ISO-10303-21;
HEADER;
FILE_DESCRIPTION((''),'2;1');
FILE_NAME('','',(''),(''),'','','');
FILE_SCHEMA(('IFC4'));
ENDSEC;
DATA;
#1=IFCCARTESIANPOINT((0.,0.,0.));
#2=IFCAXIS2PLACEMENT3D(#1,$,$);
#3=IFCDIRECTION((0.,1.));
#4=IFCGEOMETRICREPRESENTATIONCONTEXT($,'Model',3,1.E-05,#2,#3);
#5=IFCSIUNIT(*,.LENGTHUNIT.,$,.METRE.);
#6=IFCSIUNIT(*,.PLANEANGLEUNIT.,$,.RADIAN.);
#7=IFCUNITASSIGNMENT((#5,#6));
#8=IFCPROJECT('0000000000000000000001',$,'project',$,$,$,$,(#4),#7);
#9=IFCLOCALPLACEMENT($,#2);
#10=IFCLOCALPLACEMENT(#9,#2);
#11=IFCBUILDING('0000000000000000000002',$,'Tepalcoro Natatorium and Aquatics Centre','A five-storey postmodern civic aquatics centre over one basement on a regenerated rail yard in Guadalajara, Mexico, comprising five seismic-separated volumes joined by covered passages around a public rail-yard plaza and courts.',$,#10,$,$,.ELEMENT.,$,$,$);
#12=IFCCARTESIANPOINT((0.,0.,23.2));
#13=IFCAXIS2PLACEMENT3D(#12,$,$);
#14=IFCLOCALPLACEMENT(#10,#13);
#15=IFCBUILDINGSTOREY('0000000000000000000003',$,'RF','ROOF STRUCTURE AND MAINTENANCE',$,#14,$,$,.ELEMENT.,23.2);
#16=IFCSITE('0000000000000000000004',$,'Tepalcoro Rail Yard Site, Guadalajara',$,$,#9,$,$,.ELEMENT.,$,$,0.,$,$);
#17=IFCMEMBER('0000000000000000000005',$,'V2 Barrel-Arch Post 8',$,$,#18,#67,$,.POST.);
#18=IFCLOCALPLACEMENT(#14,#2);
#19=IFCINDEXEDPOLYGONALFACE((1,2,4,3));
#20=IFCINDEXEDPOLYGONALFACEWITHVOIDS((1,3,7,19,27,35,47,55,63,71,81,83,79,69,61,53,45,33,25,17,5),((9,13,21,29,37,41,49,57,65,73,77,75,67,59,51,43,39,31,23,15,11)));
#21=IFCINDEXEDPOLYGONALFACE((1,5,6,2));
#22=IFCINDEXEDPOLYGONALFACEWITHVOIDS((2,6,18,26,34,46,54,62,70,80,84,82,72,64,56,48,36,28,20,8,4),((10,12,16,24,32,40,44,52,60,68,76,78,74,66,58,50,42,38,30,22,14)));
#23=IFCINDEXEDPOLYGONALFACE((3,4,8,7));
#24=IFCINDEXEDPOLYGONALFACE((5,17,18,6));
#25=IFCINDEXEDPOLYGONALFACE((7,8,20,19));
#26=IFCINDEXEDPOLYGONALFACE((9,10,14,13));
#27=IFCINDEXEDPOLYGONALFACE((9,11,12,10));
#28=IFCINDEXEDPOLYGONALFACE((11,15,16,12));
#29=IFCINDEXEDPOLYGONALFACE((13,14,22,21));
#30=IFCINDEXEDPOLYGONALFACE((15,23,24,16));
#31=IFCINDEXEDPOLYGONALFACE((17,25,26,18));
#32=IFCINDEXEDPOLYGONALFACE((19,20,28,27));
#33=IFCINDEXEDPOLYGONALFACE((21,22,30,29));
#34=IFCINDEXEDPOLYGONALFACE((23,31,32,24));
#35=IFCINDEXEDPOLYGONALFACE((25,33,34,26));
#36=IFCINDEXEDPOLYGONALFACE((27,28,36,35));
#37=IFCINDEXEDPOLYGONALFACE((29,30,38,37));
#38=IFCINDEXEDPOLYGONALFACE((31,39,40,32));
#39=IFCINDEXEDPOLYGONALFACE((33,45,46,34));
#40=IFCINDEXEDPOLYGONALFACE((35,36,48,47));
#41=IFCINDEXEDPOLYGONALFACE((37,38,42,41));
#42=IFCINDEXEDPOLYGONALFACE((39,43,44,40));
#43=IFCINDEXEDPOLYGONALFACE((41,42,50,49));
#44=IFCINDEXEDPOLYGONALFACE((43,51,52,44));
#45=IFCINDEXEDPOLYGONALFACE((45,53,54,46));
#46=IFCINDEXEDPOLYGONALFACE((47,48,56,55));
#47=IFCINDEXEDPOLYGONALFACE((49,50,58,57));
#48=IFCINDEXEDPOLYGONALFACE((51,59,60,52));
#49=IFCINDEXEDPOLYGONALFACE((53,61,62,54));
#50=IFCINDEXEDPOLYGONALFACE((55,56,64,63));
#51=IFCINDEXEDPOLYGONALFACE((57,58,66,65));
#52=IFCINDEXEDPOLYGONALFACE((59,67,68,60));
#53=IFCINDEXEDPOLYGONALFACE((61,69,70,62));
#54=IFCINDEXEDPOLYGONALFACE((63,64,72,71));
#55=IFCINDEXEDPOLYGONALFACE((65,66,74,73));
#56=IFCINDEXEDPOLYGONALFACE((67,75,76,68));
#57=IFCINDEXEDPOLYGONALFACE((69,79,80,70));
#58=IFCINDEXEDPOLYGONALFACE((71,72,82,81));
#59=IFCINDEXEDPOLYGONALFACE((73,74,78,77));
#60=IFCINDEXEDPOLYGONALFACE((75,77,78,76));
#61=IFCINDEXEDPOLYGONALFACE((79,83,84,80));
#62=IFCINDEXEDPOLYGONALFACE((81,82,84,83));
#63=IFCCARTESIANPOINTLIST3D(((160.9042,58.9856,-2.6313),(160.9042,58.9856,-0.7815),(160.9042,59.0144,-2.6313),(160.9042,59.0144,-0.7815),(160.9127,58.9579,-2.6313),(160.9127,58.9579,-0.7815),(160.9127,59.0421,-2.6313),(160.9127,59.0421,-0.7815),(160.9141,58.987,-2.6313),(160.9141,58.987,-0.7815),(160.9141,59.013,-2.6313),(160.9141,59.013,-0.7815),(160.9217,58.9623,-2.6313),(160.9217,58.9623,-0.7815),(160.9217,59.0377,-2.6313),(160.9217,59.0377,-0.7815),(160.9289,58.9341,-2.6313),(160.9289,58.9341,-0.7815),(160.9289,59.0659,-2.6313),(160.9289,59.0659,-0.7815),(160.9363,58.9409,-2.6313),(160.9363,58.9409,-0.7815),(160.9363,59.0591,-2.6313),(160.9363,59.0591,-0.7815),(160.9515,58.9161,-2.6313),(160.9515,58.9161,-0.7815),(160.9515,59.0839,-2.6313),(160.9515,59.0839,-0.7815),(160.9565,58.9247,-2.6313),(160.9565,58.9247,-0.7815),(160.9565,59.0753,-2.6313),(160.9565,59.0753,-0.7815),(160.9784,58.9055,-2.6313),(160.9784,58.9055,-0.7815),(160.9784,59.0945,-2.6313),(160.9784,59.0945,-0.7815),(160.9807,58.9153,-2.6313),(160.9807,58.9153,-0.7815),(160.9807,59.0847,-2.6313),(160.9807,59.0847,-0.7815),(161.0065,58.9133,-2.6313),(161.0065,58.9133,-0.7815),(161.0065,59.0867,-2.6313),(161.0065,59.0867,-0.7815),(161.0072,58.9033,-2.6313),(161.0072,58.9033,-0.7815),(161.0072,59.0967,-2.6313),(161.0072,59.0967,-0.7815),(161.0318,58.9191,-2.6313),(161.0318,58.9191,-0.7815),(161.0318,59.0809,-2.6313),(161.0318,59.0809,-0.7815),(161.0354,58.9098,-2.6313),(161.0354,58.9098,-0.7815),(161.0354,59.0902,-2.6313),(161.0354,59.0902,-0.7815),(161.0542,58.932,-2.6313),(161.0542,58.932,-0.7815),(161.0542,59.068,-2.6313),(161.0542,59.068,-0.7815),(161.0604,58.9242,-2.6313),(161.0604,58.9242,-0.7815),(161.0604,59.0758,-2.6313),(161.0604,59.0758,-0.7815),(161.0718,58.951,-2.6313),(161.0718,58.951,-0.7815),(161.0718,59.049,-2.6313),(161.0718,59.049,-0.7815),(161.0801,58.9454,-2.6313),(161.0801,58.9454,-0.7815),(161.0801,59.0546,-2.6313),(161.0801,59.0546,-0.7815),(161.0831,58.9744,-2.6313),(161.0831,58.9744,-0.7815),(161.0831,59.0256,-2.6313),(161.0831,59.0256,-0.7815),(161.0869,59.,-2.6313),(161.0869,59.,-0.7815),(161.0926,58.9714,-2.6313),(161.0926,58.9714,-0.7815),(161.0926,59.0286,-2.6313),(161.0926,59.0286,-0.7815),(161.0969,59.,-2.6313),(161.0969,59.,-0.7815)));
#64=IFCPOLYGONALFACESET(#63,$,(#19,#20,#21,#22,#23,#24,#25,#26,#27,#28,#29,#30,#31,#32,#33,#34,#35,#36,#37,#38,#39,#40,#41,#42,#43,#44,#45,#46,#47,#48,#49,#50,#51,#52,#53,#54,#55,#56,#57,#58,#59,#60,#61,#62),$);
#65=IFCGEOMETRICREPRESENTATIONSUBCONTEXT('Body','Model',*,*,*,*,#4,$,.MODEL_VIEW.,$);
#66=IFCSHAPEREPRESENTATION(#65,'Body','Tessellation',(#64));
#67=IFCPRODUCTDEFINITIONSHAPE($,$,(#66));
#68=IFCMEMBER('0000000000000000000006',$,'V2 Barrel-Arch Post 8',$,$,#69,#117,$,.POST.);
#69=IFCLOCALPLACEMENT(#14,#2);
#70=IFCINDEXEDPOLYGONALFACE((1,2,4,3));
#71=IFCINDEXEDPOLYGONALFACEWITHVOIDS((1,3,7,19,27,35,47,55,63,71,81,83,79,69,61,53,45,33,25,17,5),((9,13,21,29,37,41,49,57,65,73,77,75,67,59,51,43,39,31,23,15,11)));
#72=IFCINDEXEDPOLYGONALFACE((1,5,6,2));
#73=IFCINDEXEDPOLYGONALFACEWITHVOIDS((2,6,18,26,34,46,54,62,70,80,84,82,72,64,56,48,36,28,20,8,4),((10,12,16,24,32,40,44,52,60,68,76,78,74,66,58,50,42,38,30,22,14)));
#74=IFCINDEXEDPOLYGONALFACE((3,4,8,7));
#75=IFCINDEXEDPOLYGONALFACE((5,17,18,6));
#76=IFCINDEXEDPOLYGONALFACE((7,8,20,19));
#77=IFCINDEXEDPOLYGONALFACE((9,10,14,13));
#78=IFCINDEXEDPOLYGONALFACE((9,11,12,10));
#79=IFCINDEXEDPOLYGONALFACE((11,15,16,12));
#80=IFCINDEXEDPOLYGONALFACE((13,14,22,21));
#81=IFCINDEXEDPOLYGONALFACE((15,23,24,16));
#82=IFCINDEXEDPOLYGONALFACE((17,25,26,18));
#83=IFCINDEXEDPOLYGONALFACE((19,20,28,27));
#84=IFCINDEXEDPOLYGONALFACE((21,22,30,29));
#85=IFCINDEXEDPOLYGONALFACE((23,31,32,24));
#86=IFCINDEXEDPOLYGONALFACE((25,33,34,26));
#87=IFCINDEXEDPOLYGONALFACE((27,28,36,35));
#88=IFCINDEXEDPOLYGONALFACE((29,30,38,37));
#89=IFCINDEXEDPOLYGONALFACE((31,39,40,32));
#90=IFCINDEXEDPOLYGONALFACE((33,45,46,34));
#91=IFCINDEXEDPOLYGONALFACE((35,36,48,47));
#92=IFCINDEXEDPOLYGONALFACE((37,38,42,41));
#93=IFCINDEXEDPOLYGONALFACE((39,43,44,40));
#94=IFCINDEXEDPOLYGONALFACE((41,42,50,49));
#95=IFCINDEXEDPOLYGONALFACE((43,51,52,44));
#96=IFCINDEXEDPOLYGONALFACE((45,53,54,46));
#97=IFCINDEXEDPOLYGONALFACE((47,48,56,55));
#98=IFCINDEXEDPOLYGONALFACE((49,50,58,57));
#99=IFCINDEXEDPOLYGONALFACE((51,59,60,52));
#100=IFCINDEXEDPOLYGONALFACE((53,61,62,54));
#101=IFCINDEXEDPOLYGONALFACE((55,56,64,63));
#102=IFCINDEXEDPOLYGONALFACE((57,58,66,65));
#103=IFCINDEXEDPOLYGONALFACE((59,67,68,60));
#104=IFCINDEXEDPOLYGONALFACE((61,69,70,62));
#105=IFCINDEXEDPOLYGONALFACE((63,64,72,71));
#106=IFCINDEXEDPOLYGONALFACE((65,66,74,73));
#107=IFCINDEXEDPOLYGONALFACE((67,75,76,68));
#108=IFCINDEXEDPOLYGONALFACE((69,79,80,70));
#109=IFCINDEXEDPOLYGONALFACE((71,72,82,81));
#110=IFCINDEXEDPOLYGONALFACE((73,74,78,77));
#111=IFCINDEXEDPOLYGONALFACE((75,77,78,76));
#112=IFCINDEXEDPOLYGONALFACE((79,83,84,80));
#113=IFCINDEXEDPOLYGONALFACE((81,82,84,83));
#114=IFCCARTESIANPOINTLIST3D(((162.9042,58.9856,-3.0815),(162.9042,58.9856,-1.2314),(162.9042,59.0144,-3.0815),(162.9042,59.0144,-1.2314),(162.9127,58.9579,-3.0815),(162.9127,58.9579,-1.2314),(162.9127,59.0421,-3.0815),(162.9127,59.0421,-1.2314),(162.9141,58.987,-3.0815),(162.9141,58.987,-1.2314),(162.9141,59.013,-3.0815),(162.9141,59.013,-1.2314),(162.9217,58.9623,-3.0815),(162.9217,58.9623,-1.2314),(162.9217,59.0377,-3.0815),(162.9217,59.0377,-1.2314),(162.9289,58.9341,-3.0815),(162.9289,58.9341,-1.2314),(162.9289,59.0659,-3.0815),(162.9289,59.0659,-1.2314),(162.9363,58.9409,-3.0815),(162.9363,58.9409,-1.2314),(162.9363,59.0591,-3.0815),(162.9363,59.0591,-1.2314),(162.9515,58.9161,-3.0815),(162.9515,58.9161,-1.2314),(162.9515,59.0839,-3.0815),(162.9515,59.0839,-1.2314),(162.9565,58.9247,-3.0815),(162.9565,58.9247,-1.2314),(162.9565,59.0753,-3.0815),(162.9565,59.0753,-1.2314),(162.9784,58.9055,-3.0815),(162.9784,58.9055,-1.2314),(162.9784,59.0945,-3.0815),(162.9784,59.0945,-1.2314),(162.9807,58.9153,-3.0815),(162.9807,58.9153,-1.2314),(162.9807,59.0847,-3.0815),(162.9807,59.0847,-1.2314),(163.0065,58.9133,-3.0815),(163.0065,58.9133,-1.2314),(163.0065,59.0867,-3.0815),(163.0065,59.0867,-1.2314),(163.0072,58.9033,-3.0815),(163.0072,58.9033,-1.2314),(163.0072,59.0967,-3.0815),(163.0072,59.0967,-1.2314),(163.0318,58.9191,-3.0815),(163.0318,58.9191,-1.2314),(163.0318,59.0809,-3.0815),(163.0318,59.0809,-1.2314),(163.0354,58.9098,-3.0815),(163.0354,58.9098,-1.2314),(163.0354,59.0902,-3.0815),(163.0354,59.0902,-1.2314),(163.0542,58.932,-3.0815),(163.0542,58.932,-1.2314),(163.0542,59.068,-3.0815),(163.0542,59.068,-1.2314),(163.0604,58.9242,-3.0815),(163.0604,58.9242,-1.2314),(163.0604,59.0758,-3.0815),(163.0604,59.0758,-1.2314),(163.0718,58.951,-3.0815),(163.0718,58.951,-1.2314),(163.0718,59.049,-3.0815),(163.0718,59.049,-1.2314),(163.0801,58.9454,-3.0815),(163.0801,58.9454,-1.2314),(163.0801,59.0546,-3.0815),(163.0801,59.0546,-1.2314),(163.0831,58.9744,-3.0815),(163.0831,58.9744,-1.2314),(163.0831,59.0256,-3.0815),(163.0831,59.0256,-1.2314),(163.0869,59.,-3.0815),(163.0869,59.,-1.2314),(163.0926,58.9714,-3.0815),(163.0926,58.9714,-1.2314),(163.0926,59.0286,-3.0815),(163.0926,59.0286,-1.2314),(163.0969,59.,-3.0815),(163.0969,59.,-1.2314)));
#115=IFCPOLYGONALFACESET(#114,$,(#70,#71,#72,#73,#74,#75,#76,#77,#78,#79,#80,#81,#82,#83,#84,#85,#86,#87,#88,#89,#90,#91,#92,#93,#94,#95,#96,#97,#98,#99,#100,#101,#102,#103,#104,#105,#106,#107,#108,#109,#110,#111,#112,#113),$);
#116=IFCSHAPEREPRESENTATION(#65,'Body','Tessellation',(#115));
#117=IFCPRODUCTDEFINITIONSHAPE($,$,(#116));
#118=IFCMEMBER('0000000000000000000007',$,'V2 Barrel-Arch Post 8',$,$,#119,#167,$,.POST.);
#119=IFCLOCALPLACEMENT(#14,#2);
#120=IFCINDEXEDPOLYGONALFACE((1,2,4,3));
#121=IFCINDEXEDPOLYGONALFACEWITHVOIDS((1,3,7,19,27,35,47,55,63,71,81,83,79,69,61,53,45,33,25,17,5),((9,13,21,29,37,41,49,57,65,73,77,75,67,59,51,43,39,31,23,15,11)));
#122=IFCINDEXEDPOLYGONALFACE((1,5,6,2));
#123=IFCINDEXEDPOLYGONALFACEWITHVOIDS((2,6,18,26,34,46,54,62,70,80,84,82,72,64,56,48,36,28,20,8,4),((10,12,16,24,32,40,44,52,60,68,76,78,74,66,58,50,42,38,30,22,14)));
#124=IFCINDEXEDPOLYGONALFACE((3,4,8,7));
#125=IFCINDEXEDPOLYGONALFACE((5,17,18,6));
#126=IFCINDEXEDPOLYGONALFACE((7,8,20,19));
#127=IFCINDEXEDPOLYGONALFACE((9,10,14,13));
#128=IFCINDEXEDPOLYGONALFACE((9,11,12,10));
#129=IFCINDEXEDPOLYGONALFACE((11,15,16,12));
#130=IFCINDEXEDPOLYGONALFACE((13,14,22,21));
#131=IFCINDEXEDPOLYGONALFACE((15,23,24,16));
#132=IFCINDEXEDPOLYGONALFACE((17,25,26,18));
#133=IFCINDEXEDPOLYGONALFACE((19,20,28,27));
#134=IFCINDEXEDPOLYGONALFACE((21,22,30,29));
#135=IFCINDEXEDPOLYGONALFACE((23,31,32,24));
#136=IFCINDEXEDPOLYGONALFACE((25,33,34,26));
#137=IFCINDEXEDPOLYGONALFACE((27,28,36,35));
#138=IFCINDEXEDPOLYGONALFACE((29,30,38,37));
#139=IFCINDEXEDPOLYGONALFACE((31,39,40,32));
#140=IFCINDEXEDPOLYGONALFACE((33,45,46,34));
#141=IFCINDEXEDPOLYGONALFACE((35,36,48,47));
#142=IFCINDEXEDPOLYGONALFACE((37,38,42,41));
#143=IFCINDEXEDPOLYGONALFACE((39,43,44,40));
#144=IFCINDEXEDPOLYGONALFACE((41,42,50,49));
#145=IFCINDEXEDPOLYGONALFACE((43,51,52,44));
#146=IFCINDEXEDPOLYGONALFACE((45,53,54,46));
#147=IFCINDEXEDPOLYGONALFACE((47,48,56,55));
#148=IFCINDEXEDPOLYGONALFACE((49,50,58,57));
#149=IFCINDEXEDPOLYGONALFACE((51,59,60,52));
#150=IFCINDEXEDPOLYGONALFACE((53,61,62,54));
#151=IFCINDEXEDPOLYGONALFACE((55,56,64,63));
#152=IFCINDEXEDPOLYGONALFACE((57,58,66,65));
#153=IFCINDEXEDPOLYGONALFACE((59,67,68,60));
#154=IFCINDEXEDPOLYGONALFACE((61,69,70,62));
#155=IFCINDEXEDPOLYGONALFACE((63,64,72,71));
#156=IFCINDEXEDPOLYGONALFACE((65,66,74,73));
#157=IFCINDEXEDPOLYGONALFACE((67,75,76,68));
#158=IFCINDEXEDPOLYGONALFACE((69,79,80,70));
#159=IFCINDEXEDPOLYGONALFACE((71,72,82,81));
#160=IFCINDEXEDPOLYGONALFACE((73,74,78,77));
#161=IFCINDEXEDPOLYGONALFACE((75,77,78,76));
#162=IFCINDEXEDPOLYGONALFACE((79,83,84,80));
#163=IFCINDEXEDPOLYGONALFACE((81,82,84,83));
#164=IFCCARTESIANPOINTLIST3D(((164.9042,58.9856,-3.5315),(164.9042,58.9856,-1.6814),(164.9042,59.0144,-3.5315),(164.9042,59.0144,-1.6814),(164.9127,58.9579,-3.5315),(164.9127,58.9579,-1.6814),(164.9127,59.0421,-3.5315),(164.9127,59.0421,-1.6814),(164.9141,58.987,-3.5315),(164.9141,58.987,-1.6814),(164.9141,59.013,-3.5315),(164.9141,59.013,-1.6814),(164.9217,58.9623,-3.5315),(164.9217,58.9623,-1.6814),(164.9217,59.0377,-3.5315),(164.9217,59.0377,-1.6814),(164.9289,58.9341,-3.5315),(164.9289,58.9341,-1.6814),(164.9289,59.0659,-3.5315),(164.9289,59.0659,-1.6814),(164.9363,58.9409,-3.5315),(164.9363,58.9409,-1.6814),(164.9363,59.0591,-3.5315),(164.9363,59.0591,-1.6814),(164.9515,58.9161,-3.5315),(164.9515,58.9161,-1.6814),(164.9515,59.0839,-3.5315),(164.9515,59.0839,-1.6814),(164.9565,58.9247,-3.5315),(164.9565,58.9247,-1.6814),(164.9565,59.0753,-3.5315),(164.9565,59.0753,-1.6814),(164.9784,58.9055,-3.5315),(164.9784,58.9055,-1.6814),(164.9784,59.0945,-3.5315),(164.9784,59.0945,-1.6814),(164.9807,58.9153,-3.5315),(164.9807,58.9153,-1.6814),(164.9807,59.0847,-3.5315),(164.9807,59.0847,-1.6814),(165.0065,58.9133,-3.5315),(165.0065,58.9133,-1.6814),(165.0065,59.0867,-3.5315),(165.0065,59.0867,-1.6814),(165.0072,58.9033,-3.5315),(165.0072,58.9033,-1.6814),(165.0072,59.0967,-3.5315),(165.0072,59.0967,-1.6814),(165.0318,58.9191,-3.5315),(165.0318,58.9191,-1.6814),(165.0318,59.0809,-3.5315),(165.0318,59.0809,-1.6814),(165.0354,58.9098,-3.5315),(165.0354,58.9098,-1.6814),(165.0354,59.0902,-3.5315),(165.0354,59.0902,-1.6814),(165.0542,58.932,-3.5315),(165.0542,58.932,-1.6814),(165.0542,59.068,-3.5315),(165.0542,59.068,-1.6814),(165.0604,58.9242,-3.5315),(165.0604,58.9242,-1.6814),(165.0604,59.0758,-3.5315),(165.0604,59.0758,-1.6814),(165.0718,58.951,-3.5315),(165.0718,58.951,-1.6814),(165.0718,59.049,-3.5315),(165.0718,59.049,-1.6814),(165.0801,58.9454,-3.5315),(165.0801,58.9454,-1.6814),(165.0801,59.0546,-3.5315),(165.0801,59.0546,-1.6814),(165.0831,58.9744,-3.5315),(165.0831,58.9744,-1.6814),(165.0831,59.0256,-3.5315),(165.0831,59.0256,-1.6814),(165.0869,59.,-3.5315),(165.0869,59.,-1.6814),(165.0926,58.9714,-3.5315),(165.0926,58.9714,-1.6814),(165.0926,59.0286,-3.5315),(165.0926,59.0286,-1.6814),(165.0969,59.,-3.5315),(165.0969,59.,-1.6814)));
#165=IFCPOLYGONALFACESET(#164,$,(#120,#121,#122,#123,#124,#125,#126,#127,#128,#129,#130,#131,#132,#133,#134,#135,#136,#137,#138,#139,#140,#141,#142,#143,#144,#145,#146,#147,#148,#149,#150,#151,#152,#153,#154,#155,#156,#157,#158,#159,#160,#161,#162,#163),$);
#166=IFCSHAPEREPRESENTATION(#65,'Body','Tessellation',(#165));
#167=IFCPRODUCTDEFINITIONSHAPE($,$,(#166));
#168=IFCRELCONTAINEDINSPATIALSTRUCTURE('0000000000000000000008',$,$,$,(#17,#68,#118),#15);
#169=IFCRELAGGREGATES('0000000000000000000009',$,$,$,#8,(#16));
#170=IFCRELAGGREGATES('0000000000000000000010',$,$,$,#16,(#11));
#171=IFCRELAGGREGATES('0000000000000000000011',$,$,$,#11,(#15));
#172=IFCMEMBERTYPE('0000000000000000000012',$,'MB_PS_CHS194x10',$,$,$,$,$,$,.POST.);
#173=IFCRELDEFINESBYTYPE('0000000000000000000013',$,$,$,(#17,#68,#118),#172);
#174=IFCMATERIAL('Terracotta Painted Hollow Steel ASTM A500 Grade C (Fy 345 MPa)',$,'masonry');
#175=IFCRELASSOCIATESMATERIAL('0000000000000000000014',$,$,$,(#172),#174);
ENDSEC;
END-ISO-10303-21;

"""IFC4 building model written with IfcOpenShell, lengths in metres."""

from ifc_helpers import new_model, si_unit, direction, frame, origin, origin_2d, place, context, subcontext, project, spatial, hollow_circle, extrude, material, material_profile, profile_set, type_object, element, save


model = new_model("IFC4")

# Units and contexts
model_context = context("Model", 3, precision=1e-05, world=origin(), true_north=direction((0.0, 1.0)))
body_context = subcontext(model_context, "Body", "Model", "MODEL_VIEW")
ifc_project = project(units=[si_unit("LENGTHUNIT", "METRE"), si_unit("PLANEANGLEUNIT", "RADIAN")], contexts=[model_context])

# Site, building, storey
site_placement = place(None, origin())
site = spatial("IfcSite", under=ifc_project, at=site_placement, Name="Tepalcoro Rail Yard Site, Guadalajara", CompositionType="ELEMENT", RefElevation=0.0)
building_placement = place(site_placement, origin())
building = spatial("IfcBuilding", under=site, at=building_placement, Name="Tepalcoro Natatorium and Aquatics Centre", Description="A five-storey postmodern civic aquatics centre over one basement on a regenerated rail yard in Guadalajara, Mexico, comprising five seismic-separated volumes joined by covered passages around a public rail-yard plaza and courts.", CompositionType="ELEMENT")
storey_placement = place(building_placement, frame((0.0, 0.0, 23.2)))
storey = spatial("IfcBuildingStorey", under=building, at=storey_placement, Name="RF", Description="ROOF STRUCTURE AND MAINTENANCE", CompositionType="ELEMENT", Elevation=23.2)

# Shared definitions
ifc_material_1 = material(Name="Terracotta Painted Hollow Steel ASTM A500 Grade C (Fy 345 MPa)", Category="masonry")

# Members
ifc_material_profile_1 = material_profile(ifc_material_1, hollow_circle(Radius=0.0969, WallThickness=0.01, at=origin_2d()), Name="CHS194X10")
ifc_profile_set_1 = profile_set([ifc_material_profile_1], Name="Terracotta Painted Hollow Steel ASTM A500 Grade C (Fy 345 MPa)")
member_type_1 = type_object("IfcMemberType", Name="MB_PS_CHS194x10", PredefinedType="POST", material=ifc_profile_set_1)
for number, where, z_axis, x_axis, name in (
    (1, (161.0, 59.0, -2.6313), (0.0, 0.0, 1.0), (1.0, 0.0, 0.0), "V2 Barrel-Arch Post 8"),
):
    element("IfcMember", number, at=place(storey_placement, frame(where, z_axis=z_axis, x_axis=x_axis)), inside=storey, type_object=member_type_1, Name=name, PredefinedType="POST", context=body_context, shape_type="SweptSolid", body=[
        extrude(hollow_circle(Radius=0.0969, WallThickness=0.01, at=origin_2d()), origin(), (0.0, 0.0, 1.0), 1.8499),
    ])
for number, where, z_axis, x_axis, name in (
    (2, (163.0, 59.0, -3.0815), (0.0, 0.0, 1.0), (1.0, 0.0, 0.0), "V2 Barrel-Arch Post 8"),
    (3, (165.0, 59.0, -3.5315), (0.0, 0.0, 1.0), (1.0, 0.0, 0.0), "V2 Barrel-Arch Post 8"),
):
    element("IfcMember", number, at=place(storey_placement, frame(where, z_axis=z_axis, x_axis=x_axis)), inside=storey, type_object=member_type_1, Name=name, PredefinedType="POST", context=body_context, shape_type="SweptSolid", body=[
        extrude(hollow_circle(Radius=0.0969, WallThickness=0.01, at=origin_2d()), origin(), (0.0, 0.0, 1.0), 1.8501),
    ])

save(model, "model.ifc")
